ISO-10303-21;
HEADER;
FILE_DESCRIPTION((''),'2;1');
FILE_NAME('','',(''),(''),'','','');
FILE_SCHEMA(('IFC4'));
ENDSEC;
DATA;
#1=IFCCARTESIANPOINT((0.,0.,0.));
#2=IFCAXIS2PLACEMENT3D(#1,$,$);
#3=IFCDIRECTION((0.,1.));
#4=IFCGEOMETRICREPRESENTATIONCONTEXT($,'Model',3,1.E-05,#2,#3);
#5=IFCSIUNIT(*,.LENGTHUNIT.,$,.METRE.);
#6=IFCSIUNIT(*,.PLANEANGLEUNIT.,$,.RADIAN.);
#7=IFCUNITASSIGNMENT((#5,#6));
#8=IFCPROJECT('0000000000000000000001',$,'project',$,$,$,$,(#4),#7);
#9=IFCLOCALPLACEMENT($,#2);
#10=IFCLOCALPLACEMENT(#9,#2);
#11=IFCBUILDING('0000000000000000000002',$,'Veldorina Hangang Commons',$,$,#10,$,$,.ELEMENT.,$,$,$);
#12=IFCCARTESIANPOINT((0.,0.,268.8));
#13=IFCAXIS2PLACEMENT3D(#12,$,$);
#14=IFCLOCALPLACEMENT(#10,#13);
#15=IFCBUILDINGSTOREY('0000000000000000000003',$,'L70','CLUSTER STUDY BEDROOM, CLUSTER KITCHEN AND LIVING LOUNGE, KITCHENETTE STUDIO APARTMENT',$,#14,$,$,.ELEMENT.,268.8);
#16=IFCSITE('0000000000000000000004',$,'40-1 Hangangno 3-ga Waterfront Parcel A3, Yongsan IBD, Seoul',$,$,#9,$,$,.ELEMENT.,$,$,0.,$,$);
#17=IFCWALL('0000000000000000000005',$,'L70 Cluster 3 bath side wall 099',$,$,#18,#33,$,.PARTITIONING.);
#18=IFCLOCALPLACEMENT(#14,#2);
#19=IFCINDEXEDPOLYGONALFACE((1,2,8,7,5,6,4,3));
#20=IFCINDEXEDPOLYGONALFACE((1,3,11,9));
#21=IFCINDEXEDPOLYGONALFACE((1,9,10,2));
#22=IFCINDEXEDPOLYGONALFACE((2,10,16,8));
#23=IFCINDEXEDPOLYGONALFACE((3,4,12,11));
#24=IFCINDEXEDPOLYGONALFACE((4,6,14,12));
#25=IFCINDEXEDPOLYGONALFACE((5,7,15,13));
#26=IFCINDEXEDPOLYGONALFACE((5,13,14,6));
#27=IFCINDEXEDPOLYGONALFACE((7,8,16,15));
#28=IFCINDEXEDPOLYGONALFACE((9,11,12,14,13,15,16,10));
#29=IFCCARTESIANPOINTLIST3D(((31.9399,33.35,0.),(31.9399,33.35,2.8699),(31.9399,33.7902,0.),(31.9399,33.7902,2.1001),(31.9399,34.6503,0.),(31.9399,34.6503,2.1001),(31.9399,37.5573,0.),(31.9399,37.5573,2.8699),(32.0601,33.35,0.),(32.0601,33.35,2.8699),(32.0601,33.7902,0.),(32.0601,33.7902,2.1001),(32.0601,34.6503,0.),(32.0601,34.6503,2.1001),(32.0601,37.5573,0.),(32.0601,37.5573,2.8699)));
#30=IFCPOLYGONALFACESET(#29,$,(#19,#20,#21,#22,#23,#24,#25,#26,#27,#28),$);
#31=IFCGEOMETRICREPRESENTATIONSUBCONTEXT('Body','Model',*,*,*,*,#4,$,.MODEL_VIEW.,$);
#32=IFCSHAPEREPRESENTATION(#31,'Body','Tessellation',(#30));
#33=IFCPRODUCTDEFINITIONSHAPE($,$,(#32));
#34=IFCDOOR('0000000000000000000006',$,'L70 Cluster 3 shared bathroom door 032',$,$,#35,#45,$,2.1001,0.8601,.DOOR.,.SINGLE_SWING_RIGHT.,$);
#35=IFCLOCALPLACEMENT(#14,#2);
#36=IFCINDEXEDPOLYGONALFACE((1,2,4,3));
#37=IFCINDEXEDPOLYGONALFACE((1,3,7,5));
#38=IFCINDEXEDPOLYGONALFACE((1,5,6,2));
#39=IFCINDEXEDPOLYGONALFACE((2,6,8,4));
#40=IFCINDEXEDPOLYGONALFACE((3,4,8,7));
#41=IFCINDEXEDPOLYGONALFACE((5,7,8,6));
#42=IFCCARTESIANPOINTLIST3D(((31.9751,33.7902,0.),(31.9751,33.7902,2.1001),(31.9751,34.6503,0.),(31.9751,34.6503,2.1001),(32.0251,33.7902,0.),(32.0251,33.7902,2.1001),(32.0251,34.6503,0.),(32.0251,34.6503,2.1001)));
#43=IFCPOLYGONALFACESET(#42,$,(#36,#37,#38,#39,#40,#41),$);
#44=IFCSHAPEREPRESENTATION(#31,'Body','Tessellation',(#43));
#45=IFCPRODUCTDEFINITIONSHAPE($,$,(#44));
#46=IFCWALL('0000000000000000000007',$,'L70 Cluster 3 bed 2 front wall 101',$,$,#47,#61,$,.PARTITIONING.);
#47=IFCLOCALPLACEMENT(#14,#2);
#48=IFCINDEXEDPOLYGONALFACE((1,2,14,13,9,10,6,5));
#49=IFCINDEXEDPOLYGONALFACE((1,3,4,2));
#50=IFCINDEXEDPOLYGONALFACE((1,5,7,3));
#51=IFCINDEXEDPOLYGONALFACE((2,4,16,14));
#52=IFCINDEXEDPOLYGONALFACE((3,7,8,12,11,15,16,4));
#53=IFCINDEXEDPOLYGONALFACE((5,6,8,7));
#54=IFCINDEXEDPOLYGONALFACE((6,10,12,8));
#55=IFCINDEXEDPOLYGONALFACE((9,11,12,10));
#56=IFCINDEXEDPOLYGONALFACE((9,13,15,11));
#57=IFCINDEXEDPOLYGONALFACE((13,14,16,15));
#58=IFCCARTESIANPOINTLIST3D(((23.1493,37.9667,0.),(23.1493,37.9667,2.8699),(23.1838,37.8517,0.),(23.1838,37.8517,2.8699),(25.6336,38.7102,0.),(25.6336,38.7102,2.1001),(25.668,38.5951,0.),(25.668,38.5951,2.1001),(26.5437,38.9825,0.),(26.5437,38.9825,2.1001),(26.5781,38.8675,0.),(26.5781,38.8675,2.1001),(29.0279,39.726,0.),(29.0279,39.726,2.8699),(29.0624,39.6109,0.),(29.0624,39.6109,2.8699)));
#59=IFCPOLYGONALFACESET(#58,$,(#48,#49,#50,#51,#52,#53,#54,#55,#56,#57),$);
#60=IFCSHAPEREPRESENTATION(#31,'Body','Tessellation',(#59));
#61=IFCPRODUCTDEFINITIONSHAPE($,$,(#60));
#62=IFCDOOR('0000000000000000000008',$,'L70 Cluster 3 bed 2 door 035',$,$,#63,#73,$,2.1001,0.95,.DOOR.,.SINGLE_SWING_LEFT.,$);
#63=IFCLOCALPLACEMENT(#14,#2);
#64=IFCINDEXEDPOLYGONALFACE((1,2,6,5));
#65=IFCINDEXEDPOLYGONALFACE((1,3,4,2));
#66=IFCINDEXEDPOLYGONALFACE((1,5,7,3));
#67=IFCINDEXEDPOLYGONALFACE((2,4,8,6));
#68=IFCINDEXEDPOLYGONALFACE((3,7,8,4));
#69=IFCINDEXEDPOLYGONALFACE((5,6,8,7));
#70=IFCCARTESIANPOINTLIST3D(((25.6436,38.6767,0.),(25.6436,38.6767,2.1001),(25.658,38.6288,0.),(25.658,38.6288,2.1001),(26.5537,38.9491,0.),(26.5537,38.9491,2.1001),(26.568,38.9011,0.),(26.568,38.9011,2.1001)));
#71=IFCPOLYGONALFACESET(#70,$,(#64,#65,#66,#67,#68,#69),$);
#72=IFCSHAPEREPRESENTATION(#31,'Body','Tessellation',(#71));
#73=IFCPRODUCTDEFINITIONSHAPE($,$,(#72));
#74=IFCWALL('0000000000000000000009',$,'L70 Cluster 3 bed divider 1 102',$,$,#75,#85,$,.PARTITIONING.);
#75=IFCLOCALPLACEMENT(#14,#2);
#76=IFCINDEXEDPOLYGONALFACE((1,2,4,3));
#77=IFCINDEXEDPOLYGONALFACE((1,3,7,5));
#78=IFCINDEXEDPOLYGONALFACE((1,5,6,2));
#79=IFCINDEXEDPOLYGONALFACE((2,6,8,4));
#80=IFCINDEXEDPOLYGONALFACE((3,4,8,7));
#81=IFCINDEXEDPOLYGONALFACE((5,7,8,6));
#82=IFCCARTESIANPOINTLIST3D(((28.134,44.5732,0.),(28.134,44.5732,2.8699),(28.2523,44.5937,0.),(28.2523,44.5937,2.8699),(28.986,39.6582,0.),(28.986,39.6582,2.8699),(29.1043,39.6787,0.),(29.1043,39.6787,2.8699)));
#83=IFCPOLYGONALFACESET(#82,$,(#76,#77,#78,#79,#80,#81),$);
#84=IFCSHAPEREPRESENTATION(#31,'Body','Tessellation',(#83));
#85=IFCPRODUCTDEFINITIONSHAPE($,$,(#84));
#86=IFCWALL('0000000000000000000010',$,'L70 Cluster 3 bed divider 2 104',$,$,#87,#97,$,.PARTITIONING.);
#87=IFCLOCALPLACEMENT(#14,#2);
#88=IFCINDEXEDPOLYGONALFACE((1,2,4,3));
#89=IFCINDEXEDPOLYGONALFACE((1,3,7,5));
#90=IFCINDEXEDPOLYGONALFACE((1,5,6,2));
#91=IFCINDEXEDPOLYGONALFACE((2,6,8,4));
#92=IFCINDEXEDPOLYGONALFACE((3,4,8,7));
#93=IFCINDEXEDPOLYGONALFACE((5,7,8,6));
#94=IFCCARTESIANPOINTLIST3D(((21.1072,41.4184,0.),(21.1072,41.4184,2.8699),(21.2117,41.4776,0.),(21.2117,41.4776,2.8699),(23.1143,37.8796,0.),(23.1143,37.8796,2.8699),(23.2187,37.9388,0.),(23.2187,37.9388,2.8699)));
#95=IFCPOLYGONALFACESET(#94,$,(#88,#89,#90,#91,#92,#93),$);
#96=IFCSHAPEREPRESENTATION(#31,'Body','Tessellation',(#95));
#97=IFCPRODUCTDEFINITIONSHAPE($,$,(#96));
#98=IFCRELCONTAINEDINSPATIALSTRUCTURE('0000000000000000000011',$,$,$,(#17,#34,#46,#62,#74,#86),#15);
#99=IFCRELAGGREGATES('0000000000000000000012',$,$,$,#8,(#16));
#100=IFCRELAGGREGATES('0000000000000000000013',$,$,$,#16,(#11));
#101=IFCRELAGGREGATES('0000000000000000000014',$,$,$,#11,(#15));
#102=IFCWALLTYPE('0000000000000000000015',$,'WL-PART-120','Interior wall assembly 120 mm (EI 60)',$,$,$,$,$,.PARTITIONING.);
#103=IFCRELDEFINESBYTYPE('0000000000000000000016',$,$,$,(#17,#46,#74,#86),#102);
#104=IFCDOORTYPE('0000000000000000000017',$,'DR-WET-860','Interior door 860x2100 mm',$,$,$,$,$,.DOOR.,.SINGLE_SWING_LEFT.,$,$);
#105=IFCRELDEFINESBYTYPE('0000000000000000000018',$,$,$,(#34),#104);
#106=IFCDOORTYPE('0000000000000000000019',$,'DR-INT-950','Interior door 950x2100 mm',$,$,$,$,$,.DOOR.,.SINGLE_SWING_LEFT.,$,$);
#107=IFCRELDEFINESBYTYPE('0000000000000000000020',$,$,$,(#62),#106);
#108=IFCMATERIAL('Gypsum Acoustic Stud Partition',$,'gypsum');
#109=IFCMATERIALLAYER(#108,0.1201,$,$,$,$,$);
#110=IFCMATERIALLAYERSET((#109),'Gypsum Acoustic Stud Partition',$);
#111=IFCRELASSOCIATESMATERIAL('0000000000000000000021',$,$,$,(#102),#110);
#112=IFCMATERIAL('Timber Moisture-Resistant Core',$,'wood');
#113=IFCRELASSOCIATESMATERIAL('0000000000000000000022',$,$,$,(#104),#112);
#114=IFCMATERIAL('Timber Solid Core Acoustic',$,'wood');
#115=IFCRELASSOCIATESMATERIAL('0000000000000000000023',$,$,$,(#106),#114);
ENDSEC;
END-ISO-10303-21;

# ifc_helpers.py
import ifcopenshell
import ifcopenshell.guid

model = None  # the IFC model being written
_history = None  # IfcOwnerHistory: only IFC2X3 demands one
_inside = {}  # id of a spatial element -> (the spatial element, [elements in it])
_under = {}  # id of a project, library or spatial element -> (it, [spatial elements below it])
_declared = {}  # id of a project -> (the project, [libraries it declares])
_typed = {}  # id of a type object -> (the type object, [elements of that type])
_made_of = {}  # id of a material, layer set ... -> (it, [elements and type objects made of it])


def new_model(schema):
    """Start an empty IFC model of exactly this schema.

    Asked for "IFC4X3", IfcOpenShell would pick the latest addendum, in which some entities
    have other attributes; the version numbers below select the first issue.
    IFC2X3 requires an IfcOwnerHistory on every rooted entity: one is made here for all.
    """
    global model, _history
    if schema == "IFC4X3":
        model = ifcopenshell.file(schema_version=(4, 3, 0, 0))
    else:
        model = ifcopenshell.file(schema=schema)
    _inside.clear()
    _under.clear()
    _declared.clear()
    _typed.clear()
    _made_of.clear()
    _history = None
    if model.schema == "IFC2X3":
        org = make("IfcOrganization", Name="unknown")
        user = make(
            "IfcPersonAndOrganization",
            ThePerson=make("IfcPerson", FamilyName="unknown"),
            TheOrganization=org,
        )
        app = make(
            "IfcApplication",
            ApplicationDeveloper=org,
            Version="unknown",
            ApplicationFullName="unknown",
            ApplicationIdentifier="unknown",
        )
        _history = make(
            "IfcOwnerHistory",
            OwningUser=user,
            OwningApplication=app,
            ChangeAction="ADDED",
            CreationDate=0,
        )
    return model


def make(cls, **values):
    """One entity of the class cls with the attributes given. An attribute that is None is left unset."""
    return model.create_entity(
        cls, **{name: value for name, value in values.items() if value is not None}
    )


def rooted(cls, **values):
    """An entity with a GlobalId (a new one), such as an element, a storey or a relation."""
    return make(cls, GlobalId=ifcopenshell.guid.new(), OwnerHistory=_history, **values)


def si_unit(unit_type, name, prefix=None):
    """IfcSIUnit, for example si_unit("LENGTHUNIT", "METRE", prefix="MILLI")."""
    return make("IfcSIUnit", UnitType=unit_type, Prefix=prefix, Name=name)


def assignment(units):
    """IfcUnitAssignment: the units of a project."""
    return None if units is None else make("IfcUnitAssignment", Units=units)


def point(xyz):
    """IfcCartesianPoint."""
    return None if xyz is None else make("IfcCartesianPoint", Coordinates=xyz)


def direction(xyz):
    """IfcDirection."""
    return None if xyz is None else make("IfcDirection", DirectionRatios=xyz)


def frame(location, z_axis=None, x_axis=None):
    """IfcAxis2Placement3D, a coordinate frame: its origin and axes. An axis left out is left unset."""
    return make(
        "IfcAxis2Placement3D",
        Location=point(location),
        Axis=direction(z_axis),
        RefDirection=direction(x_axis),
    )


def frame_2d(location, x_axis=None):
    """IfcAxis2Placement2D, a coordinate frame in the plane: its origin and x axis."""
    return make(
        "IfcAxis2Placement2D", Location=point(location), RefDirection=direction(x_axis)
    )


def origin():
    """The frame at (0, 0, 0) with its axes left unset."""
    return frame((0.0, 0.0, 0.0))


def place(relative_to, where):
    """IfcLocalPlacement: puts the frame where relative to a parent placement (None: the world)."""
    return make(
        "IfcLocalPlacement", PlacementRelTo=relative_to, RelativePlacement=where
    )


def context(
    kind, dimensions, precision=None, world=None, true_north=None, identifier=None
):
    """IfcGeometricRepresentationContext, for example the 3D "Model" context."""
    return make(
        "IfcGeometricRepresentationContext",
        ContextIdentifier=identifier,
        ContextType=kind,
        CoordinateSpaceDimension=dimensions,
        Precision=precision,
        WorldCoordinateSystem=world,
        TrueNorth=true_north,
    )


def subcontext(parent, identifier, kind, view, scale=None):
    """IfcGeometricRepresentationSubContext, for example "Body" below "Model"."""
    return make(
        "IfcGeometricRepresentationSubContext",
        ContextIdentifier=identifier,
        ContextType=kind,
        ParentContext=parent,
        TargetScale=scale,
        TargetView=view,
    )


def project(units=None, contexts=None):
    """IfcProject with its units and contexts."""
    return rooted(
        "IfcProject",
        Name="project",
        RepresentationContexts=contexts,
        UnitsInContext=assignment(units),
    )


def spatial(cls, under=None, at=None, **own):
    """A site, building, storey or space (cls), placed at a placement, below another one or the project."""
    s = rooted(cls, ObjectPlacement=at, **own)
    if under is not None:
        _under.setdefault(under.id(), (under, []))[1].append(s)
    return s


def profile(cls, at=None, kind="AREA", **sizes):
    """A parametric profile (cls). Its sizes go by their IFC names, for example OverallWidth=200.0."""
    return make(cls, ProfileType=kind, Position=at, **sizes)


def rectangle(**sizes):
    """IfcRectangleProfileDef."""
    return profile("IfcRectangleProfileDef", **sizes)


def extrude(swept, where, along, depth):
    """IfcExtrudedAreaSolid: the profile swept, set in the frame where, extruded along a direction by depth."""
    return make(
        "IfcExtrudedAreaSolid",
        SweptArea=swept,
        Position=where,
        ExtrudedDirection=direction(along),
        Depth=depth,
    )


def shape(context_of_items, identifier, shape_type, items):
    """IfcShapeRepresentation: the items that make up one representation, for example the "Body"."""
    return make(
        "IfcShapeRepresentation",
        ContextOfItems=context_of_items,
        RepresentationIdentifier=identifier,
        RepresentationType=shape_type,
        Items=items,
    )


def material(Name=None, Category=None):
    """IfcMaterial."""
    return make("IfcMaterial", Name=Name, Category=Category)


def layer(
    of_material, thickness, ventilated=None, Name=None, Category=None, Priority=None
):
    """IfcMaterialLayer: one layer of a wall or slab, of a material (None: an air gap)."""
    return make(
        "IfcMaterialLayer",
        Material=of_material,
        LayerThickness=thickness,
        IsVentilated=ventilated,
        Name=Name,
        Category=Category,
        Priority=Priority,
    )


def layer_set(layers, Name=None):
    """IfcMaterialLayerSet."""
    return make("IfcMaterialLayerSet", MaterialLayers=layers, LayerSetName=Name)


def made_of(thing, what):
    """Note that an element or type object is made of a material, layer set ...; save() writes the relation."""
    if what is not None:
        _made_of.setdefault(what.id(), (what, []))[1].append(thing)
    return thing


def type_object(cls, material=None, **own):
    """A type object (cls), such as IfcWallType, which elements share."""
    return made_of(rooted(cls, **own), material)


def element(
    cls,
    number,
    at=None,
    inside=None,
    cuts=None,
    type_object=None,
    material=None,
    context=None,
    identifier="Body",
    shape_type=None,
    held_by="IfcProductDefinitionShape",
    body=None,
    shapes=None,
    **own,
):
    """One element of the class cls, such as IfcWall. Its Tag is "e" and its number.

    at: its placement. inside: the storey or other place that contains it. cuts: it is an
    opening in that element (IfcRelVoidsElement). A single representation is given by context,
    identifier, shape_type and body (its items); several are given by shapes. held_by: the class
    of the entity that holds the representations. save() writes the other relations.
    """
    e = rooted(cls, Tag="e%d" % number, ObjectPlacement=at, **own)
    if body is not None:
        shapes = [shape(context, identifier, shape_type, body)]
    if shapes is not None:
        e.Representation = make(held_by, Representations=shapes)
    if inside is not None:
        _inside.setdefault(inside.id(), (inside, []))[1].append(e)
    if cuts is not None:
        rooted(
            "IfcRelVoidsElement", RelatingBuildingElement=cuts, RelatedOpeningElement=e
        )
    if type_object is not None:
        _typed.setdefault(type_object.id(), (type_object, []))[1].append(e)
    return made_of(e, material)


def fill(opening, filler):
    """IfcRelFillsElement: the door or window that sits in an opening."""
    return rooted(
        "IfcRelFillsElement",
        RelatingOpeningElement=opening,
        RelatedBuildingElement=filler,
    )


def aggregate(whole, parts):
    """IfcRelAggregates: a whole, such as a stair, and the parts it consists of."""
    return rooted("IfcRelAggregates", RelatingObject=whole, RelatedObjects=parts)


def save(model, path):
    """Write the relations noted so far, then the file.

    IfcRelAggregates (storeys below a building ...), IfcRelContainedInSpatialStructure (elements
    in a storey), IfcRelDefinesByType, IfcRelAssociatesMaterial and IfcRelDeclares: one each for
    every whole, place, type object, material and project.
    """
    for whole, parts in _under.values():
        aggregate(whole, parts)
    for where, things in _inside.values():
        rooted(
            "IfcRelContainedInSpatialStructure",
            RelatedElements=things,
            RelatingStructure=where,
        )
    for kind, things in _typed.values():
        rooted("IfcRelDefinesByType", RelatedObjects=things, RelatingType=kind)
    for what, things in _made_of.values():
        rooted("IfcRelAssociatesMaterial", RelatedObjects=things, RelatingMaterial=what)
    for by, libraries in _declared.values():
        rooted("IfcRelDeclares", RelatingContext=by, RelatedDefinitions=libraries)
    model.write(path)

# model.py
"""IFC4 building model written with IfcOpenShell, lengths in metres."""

from ifc_helpers import new_model, si_unit, direction, frame, frame_2d, origin, place, context, subcontext, project, spatial, rectangle, extrude, material, layer, layer_set, type_object, element, fill, save


model = new_model("IFC4")

# Units and contexts
model_context = context("Model", 3, precision=1e-05, world=origin(), true_north=direction((0.0, 1.0)))
body_context = subcontext(model_context, "Body", "Model", "MODEL_VIEW")
ifc_project = project(units=[si_unit("LENGTHUNIT", "METRE"), si_unit("PLANEANGLEUNIT", "RADIAN")], contexts=[model_context])

# Site, building, storey
site_placement = place(None, origin())
site = spatial("IfcSite", under=ifc_project, at=site_placement, Name="40-1 Hangangno 3-ga Waterfront Parcel A3, Yongsan IBD, Seoul", CompositionType="ELEMENT", RefElevation=0.0)
building_placement = place(site_placement, origin())
building = spatial("IfcBuilding", under=site, at=building_placement, Name="Veldorina Hangang Commons", CompositionType="ELEMENT")
storey_placement = place(building_placement, frame((0.0, 0.0, 268.8)))
storey = spatial("IfcBuildingStorey", under=building, at=storey_placement, Name="L70", Description="CLUSTER STUDY BEDROOM, CLUSTER KITCHEN AND LIVING LOUNGE, KITCHENETTE STUDIO APARTMENT", CompositionType="ELEMENT", Elevation=268.8)

# Walls, openings, doors
ifc_material_1 = material(Name="Gypsum Acoustic Stud Partition", Category="gypsum")
ifc_layer_1 = layer(ifc_material_1, 0.1201)
ifc_layer_set_1 = layer_set([ifc_layer_1], Name="Gypsum Acoustic Stud Partition")
wall_type_1 = type_object("IfcWallType", Name="WL-PART-120", Description="Interior wall assembly 120 mm (EI 60)", PredefinedType="PARTITIONING", material=ifc_layer_set_1)
wall_1_placement = place(storey_placement, frame((32.0, 33.3501, 0.0), z_axis=(0.0, 0.0, 1.0), x_axis=(0.0, 1.0, 0.0)))
wall_1 = element("IfcWall", 1, at=wall_1_placement, inside=storey, type_object=wall_type_1, Name="L70 Cluster 3 bath side wall 099", PredefinedType="PARTITIONING", context=body_context, shape_type="SweptSolid", body=[
    extrude(rectangle(XDim=4.2073, YDim=0.1201, at=frame_2d((2.1035, 0.0))), origin(), (0.0, 0.0, 1.0), 2.8699),
])
opening_1_placement = place(wall_1_placement, frame((0.4399, 0.0, 0.0)))
opening_1 = element("IfcOpeningElement", 2, at=opening_1_placement, cuts=wall_1, PredefinedType="OPENING", context=body_context, shape_type="SweptSolid", body=[
    extrude(rectangle(XDim=0.8601, YDim=2.1001, at=frame_2d((0.4302, 1.05))), frame((0.0, 0.0701, 0.0), z_axis=(0.0, -1.0, 0.0), x_axis=(1.0, 0.0, 0.0)), (0.0, 0.0, 1.0), 0.1401),
])
ifc_material_2 = material(Name="Timber Moisture-Resistant Core", Category="wood")
door_type_1 = type_object("IfcDoorType", Name="DR-WET-860", Description="Interior door 860x2100 mm", OperationType="SINGLE_SWING_LEFT", PredefinedType="DOOR", material=ifc_material_2)
door_1_placement = place(opening_1_placement, origin())
door_1 = element("IfcDoor", 3, at=door_1_placement, inside=storey, type_object=door_type_1, Name="L70 Cluster 3 shared bathroom door 032", OperationType="SINGLE_SWING_RIGHT", OverallHeight=2.1001, OverallWidth=0.8601, PredefinedType="DOOR", context=body_context, shape_type="SweptSolid", body=[
    extrude(rectangle(XDim=0.8601, YDim=2.1001, at=frame_2d((0.4302, 1.05))), frame((0.0, 0.0249, 0.0), z_axis=(0.0, -1.0, 0.0), x_axis=(1.0, 0.0, 0.0)), (0.0, 0.0, 1.0), 0.05),
])
fill(opening_1, door_1)
wall_2_placement = place(storey_placement, frame((29.0452, 39.6685, 0.0), z_axis=(0.0, 0.0, 1.0), x_axis=(-0.95802, -0.286702, 0.0)))
wall_2 = element("IfcWall", 4, at=wall_2_placement, inside=storey, type_object=wall_type_1, Name="L70 Cluster 3 bed 2 front wall 101", PredefinedType="PARTITIONING", context=body_context, shape_type="SweptSolid", body=[
    extrude(rectangle(XDim=6.1362, YDim=0.1201, at=frame_2d((3.0681, 0.0))), origin(), (0.0, 0.0, 1.0), 2.8699),
])
opening_2_placement = place(wall_2_placement, frame((2.593, 0.0, 0.0)))
opening_2 = element("IfcOpeningElement", 5, at=opening_2_placement, cuts=wall_2, PredefinedType="OPENING", context=body_context, shape_type="SweptSolid", body=[
    extrude(rectangle(XDim=0.95, YDim=2.1001, at=frame_2d((0.4751, 1.05))), frame((0.0, 0.0701, 0.0), z_axis=(0.0, -1.0, 0.0), x_axis=(1.0, 0.0, 0.0)), (0.0, 0.0, 1.0), 0.1401),
])
ifc_material_3 = material(Name="Timber Solid Core Acoustic", Category="wood")
door_type_2 = type_object("IfcDoorType", Name="DR-INT-950", Description="Interior door 950x2100 mm", OperationType="SINGLE_SWING_LEFT", PredefinedType="DOOR", material=ifc_material_3)
door_2_placement = place(opening_2_placement, origin())
door_2 = element("IfcDoor", 6, at=door_2_placement, inside=storey, type_object=door_type_2, Name="L70 Cluster 3 bed 2 door 035", OperationType="SINGLE_SWING_LEFT", OverallHeight=2.1001, OverallWidth=0.95, PredefinedType="DOOR", context=body_context, shape_type="SweptSolid", body=[
    extrude(rectangle(XDim=0.95, YDim=2.1001, at=frame_2d((0.4751, 1.05))), frame((0.0, 0.0249, 0.0), z_axis=(0.0, -1.0, 0.0), x_axis=(1.0, 0.0, 0.0)), (0.0, 0.0, 1.0), 0.05),
])
fill(opening_2, door_2)

# Walls
wall_3_placement = place(storey_placement, frame((29.0452, 39.6685, 0.0), z_axis=(0.0, 0.0, 1.0), x_axis=(-0.170808, 0.985304, 0.0)))
element("IfcWall", 7, at=wall_3_placement, inside=storey, type_object=wall_type_1, Name="L70 Cluster 3 bed divider 1 102", PredefinedType="PARTITIONING", context=body_context, shape_type="SweptSolid", body=[
    extrude(rectangle(XDim=4.9883, YDim=0.1201, at=frame_2d((2.4941, 0.0))), origin(), (0.0, 0.0, 1.0), 2.8699),
])
wall_4_placement = place(storey_placement, frame((23.1665, 37.9092, 0.0), z_axis=(0.0, 0.0, 1.0), x_axis=(-0.493338, 0.869838, 0.0)))
element("IfcWall", 8, at=wall_4_placement, inside=storey, type_object=wall_type_1, Name="L70 Cluster 3 bed divider 2 104", PredefinedType="PARTITIONING", context=body_context, shape_type="SweptSolid", body=[
    extrude(rectangle(XDim=4.0684, YDim=0.1201, at=frame_2d((2.0342, 0.0))), origin(), (0.0, 0.0, 1.0), 2.8699),
])

save(model, "model.ifc")
